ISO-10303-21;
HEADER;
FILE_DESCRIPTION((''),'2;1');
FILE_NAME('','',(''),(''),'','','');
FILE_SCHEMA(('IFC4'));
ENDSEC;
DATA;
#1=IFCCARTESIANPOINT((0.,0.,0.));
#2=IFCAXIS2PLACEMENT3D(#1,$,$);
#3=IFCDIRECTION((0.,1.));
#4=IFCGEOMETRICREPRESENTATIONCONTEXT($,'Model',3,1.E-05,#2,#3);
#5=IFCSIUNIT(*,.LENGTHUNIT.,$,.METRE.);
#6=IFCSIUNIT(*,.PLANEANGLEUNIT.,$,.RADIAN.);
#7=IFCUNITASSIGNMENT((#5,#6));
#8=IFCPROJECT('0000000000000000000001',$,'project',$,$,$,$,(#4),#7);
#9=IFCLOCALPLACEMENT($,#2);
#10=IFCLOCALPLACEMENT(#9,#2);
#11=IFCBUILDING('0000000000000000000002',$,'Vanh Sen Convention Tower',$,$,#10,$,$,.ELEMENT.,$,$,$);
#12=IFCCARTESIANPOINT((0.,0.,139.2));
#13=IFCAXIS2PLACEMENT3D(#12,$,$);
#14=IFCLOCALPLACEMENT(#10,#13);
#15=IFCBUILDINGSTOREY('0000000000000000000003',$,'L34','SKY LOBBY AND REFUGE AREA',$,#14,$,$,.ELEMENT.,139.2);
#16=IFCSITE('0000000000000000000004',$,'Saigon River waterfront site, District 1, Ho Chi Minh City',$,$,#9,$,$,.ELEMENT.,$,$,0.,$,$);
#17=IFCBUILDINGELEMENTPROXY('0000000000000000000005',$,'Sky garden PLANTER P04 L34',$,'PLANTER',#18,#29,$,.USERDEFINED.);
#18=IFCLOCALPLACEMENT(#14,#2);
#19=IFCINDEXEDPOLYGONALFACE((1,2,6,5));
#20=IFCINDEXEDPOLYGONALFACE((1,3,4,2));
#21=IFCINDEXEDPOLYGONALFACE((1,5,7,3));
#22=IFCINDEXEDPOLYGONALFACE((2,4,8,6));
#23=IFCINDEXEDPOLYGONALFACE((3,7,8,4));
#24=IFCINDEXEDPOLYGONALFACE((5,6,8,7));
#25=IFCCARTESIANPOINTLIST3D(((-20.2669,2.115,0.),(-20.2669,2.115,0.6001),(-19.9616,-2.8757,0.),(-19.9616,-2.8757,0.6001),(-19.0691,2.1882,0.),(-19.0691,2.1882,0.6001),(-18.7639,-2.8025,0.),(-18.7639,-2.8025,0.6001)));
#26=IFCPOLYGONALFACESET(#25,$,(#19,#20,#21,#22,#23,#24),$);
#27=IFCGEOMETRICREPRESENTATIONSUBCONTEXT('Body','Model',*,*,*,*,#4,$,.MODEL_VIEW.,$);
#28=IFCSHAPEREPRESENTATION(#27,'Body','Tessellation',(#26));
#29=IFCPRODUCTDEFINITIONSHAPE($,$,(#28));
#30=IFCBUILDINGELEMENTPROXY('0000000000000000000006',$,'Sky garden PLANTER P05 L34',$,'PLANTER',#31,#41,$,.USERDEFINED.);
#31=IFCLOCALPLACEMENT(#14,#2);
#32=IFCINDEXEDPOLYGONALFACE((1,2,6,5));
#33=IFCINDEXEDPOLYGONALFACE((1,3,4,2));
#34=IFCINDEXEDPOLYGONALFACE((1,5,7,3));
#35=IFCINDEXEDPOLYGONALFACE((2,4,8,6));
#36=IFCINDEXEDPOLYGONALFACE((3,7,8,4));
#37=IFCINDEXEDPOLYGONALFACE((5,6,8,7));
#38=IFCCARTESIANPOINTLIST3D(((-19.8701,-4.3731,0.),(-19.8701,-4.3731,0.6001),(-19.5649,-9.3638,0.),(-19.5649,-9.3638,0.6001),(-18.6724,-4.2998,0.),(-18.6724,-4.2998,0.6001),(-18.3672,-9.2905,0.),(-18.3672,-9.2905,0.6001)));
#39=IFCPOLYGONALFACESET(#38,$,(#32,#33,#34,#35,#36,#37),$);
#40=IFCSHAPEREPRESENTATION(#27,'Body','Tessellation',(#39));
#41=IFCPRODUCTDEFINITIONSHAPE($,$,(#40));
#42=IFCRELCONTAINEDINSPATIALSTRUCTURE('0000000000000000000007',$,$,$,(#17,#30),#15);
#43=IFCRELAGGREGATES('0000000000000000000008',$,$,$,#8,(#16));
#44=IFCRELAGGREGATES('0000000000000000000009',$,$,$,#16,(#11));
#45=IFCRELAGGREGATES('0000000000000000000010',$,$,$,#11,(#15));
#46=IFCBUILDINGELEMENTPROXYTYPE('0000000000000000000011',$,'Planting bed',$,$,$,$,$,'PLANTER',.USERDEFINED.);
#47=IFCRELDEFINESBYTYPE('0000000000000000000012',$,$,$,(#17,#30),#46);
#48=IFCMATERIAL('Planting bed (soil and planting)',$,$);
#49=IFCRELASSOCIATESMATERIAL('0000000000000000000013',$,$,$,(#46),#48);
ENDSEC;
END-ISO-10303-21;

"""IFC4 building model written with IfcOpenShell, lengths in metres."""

from ifc_helpers import new_model, si_unit, direction, frame, origin, origin_2d, place, context, subcontext, project, spatial, rectangle, extrude, material, type_object, element, save


model = new_model("IFC4")

# Units and contexts
model_context = context("Model", 3, precision=1e-05, world=origin(), true_north=direction((0.0, 1.0)))
body_context = subcontext(model_context, "Body", "Model", "MODEL_VIEW")
ifc_project = project(units=[si_unit("LENGTHUNIT", "METRE"), si_unit("PLANEANGLEUNIT", "RADIAN")], contexts=[model_context])

# Site, building, storey
site_placement = place(None, origin())
site = spatial("IfcSite", under=ifc_project, at=site_placement, Name="Saigon River waterfront site, District 1, Ho Chi Minh City", CompositionType="ELEMENT", RefElevation=0.0)
building_placement = place(site_placement, origin())
building = spatial("IfcBuilding", under=site, at=building_placement, Name="Vanh Sen Convention Tower", CompositionType="ELEMENT")
storey_placement = place(building_placement, frame((0.0, 0.0, 139.2)))
storey = spatial("IfcBuildingStorey", under=building, at=storey_placement, Name="L34", Description="SKY LOBBY AND REFUGE AREA", CompositionType="ELEMENT", Elevation=139.2)

# Building element proxies
ifc_material_1 = material(Name="Planting bed (soil and planting)")
building_element_proxy_type = type_object("IfcBuildingElementProxyType", Name="Planting bed", ElementType="PLANTER", PredefinedType="USERDEFINED", material=ifc_material_1)
for number, where, z_axis, x_axis, name in (
    (1, (-19.5154, -0.3438, 0.0), (0.0, 0.0, 1.0), (0.061045, -0.998135, 0.0), "Sky garden PLANTER P04 L34"),
    (2, (-19.1187, -6.8318, 0.0), (0.0, 0.0, 1.0), (0.061045, -0.998135, 0.0), "Sky garden PLANTER P05 L34"),
):
    element("IfcBuildingElementProxy", number, at=place(storey_placement, frame(where, z_axis=z_axis, x_axis=x_axis)), inside=storey, type_object=building_element_proxy_type, Name=name, ObjectType="PLANTER", PredefinedType="USERDEFINED", context=body_context, shape_type="SweptSolid", body=[
        extrude(rectangle(XDim=5.0, YDim=1.2, at=origin_2d()), origin(), (0.0, 0.0, 1.0), 0.6001),
    ])

save(model, "model.ifc")
